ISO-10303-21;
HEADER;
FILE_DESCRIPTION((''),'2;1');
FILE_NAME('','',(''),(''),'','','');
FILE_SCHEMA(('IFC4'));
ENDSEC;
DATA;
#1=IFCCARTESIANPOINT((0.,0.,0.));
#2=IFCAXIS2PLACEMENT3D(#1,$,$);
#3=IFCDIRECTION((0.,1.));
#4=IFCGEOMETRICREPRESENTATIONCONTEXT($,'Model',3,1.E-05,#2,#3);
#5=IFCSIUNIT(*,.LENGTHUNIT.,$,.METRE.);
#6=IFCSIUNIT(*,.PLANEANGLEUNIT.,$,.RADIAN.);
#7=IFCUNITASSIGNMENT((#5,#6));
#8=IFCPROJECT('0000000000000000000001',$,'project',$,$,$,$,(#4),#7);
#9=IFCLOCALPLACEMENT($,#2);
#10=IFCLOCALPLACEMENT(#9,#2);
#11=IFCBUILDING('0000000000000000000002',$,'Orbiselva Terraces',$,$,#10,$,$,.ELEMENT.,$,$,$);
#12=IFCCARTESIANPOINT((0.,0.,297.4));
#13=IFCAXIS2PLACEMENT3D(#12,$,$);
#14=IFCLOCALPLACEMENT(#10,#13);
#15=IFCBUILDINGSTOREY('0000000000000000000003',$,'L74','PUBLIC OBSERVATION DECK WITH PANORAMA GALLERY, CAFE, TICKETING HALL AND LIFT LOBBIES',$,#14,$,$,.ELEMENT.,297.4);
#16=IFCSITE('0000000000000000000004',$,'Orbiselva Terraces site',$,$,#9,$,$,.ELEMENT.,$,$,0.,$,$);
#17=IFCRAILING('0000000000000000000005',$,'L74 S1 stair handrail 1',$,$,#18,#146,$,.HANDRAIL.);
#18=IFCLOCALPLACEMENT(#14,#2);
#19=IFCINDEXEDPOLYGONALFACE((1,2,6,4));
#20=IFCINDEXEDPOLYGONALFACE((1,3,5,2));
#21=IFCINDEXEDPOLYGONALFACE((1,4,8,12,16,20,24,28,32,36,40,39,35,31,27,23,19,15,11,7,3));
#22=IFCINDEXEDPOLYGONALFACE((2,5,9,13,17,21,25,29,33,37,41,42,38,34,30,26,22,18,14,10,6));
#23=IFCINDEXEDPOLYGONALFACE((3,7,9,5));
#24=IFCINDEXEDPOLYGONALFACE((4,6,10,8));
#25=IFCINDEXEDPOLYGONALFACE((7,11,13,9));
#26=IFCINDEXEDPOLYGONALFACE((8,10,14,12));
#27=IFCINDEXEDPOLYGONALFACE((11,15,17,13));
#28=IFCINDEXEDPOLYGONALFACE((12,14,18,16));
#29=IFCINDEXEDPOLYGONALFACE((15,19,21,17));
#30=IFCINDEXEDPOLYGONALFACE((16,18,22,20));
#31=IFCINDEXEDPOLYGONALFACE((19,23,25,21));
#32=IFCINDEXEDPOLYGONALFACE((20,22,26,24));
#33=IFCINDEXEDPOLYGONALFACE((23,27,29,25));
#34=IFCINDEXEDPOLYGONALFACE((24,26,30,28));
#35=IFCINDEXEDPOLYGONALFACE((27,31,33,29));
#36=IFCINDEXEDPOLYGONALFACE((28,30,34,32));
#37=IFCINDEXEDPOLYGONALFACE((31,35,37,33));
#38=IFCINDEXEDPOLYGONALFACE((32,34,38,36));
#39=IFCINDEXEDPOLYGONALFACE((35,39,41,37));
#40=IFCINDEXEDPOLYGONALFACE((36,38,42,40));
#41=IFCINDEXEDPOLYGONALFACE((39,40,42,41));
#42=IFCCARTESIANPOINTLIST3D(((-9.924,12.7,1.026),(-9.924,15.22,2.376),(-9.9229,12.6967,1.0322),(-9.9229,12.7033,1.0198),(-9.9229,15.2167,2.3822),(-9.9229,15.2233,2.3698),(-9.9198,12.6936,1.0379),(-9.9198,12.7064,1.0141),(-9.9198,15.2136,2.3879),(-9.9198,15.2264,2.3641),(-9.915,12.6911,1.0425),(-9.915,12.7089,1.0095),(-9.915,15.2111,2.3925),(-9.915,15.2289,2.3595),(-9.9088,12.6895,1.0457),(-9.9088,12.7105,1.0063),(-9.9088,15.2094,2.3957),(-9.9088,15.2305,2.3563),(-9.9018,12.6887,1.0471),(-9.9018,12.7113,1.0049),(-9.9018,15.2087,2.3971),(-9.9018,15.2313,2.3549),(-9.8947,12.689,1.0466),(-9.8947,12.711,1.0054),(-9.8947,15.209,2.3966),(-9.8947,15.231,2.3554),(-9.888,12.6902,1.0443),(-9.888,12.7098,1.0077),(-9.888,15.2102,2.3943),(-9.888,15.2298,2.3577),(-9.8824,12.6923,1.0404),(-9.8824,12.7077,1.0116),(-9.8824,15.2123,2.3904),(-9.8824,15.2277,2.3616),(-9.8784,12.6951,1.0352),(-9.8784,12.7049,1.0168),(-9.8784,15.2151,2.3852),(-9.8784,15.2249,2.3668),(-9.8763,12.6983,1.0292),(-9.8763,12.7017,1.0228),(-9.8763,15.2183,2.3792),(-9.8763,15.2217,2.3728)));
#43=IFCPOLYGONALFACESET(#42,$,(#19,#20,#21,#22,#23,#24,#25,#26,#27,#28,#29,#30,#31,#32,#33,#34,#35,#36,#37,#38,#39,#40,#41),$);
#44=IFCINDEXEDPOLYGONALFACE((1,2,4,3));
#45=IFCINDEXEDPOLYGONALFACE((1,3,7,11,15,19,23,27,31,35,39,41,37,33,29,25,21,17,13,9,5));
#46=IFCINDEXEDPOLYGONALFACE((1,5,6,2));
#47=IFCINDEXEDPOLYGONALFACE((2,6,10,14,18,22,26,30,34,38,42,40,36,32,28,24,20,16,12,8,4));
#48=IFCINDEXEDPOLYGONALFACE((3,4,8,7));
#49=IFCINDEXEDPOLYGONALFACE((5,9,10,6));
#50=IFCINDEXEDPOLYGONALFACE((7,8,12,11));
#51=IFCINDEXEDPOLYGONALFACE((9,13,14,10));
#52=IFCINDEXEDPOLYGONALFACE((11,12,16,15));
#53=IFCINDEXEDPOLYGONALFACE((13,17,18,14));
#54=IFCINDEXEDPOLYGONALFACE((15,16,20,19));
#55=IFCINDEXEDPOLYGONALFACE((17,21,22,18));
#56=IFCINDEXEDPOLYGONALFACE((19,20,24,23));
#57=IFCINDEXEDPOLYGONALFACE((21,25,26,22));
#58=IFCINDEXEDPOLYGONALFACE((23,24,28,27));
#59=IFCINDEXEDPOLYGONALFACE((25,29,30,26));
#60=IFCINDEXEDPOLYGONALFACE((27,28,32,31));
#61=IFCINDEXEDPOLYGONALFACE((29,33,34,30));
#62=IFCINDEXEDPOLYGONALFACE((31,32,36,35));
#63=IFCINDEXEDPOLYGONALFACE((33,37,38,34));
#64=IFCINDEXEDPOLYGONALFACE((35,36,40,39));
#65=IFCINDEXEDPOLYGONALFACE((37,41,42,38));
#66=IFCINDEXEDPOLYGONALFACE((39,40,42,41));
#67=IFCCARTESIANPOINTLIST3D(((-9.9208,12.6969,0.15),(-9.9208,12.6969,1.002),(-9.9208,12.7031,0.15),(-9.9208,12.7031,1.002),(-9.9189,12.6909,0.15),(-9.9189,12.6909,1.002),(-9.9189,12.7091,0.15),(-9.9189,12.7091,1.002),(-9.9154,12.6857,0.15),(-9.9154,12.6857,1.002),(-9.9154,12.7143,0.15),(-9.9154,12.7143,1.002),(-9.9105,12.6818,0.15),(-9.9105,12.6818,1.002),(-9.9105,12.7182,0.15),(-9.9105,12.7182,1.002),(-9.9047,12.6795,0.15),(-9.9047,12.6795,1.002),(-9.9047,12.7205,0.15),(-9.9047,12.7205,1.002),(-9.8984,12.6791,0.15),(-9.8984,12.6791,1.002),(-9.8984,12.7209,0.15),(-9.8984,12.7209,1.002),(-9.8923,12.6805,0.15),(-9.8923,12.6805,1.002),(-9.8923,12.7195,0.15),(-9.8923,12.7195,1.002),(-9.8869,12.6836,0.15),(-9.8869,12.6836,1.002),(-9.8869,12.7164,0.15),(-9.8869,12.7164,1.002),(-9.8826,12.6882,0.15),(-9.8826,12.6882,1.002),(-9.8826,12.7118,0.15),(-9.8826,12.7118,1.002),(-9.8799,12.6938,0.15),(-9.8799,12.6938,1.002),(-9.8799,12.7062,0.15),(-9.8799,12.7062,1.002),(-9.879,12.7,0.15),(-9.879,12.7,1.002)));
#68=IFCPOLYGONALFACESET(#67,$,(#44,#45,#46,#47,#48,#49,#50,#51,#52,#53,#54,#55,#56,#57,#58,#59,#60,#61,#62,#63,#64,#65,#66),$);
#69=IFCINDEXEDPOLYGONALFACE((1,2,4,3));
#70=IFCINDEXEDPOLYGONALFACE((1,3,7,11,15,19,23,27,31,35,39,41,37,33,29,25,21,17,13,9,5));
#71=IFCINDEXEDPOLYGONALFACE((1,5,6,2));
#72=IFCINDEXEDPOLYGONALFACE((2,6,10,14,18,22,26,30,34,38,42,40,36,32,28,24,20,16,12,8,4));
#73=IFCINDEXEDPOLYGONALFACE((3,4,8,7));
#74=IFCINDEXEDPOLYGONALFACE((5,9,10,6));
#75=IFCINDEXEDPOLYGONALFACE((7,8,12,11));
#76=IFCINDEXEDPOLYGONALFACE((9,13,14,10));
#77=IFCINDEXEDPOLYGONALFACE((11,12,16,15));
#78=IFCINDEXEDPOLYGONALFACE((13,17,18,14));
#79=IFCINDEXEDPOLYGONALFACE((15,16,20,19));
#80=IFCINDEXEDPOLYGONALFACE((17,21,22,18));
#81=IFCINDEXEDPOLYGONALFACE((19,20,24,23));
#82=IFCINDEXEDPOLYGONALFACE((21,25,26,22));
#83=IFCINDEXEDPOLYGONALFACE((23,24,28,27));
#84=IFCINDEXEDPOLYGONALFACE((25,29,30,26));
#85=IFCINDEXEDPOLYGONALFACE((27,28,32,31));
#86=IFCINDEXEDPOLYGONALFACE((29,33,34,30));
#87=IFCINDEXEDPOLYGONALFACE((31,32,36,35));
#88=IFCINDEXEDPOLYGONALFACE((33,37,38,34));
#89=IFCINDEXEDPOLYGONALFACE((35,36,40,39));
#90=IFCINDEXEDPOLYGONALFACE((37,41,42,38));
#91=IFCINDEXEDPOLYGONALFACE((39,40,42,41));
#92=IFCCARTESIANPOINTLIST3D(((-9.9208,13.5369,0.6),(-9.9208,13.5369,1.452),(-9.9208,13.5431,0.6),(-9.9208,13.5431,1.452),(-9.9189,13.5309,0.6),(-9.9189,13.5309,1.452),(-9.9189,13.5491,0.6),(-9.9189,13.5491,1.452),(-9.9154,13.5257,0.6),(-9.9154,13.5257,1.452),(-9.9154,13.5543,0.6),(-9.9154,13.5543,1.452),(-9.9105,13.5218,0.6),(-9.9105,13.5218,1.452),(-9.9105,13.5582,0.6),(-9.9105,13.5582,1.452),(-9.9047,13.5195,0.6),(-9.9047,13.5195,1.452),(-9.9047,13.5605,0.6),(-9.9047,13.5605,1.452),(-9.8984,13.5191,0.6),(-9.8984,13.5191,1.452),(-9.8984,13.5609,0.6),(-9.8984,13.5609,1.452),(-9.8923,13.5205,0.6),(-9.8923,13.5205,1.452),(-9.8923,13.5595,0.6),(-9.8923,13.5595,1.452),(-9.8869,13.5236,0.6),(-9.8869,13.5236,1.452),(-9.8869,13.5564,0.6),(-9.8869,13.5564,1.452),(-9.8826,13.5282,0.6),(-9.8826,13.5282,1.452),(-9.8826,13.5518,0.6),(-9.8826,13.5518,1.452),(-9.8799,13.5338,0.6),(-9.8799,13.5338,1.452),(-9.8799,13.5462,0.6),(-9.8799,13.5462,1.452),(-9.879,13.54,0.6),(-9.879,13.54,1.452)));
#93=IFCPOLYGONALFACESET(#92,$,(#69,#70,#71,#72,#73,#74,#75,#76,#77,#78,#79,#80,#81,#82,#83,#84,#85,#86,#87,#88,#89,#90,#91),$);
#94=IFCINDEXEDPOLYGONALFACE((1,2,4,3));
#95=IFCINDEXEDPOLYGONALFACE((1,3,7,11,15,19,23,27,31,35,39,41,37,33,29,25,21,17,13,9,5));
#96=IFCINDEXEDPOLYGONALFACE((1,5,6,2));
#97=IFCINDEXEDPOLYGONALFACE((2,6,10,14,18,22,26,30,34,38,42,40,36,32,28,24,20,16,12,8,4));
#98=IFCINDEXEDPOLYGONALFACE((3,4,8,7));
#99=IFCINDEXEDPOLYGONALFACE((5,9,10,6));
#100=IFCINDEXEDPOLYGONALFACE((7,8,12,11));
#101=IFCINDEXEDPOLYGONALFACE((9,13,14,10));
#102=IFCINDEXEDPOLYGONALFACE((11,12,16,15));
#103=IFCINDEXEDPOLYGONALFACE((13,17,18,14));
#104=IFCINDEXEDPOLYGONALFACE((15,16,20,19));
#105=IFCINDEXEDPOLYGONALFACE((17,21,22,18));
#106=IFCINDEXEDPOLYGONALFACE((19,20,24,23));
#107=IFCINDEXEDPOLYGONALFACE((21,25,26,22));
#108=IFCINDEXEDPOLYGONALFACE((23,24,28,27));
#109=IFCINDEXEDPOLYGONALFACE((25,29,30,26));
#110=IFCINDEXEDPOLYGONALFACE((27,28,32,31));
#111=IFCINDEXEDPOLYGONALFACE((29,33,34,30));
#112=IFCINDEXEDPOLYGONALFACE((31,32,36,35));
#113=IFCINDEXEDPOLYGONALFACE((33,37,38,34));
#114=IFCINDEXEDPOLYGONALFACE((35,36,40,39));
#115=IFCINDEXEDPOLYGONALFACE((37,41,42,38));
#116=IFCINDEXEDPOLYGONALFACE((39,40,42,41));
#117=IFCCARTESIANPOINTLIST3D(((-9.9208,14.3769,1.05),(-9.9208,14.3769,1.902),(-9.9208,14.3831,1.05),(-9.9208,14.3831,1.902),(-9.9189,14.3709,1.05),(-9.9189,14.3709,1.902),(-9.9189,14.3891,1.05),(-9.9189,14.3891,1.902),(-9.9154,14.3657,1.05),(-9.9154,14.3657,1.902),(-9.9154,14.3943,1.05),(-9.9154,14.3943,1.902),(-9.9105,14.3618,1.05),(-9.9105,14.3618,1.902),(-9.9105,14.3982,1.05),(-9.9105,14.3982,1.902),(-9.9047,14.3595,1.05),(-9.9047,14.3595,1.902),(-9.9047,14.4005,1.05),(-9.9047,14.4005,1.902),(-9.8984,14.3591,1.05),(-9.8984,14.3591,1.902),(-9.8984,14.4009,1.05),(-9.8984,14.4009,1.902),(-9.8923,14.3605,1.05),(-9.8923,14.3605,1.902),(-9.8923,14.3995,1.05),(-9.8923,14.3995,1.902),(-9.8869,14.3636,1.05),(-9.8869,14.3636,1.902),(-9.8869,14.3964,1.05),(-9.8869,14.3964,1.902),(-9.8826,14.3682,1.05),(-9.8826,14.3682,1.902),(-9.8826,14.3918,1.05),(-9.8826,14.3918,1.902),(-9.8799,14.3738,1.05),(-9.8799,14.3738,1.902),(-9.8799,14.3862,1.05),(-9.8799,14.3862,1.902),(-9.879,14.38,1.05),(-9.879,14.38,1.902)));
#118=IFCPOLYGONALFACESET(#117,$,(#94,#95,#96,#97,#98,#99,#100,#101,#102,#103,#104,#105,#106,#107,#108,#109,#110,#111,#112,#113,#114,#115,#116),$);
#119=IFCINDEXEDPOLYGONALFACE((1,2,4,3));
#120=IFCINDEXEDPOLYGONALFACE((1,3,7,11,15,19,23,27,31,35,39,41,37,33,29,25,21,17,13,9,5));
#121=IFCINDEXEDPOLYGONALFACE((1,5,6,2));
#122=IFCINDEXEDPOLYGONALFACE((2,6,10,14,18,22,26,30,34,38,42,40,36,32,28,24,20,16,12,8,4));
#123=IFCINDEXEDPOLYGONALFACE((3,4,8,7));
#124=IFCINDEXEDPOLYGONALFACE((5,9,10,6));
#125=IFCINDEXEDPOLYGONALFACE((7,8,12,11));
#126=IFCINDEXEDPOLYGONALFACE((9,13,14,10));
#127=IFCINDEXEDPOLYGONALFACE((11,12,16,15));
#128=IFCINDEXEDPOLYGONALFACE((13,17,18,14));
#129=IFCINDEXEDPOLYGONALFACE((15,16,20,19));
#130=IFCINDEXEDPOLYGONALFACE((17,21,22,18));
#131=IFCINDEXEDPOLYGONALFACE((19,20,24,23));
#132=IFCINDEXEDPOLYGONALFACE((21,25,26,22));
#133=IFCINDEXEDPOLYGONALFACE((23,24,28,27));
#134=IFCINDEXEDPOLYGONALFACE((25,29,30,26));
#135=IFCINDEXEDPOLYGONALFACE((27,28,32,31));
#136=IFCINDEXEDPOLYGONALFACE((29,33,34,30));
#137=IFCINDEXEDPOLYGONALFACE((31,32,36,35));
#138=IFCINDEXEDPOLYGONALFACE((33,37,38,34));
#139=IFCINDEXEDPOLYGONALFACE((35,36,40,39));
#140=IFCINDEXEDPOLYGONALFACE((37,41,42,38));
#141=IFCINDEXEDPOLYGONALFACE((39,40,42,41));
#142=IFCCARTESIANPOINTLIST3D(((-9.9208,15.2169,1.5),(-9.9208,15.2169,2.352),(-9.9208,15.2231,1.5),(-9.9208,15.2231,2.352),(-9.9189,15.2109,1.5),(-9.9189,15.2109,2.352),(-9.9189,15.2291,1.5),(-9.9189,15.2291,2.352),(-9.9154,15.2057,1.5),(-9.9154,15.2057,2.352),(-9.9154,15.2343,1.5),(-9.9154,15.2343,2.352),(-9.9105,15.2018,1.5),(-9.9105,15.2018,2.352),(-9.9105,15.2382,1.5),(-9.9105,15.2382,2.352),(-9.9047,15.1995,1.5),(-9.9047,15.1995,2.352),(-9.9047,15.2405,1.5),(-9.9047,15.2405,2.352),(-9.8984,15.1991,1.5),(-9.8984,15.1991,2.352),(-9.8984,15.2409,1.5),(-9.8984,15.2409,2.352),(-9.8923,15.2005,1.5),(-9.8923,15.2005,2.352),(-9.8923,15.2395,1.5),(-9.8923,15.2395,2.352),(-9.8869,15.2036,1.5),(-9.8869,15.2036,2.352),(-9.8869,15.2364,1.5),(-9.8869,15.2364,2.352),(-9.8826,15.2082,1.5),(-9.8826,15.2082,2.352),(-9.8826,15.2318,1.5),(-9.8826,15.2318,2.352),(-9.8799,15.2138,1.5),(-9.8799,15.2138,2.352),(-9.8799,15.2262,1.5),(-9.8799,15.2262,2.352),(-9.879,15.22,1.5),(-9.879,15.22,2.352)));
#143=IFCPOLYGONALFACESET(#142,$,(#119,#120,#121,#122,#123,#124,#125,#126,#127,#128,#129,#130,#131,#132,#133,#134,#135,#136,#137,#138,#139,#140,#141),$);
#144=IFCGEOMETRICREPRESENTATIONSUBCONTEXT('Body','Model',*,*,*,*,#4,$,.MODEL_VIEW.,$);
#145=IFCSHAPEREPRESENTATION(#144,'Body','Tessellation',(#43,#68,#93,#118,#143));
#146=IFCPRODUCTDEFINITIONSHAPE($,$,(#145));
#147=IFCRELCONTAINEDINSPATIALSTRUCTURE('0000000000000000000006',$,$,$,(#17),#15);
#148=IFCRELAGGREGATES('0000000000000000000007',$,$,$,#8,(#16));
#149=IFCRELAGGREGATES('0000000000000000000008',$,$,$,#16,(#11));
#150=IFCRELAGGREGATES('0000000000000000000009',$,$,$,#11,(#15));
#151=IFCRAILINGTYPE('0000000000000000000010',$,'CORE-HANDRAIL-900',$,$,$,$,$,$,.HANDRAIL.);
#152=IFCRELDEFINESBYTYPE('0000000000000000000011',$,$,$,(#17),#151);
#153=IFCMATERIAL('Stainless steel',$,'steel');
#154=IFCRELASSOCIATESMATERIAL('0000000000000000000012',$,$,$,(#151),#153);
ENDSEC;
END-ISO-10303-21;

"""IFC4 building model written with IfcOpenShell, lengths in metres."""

from ifc_helpers import new_model, si_unit, direction, frame, origin, origin_2d, place, context, subcontext, project, spatial, circle, extrude, material, type_object, element, save


model = new_model("IFC4")

# Units and contexts
model_context = context("Model", 3, precision=1e-05, world=origin(), true_north=direction((0.0, 1.0)))
body_context = subcontext(model_context, "Body", "Model", "MODEL_VIEW")
ifc_project = project(units=[si_unit("LENGTHUNIT", "METRE"), si_unit("PLANEANGLEUNIT", "RADIAN")], contexts=[model_context])

# Site, building, storey
site_placement = place(None, origin())
site = spatial("IfcSite", under=ifc_project, at=site_placement, Name="Orbiselva Terraces site", CompositionType="ELEMENT", RefElevation=0.0)
building_placement = place(site_placement, origin())
building = spatial("IfcBuilding", under=site, at=building_placement, Name="Orbiselva Terraces", CompositionType="ELEMENT")
storey_placement = place(building_placement, frame((0.0, 0.0, 297.4)))
storey = spatial("IfcBuildingStorey", under=building, at=storey_placement, Name="L74", Description="PUBLIC OBSERVATION DECK WITH PANORAMA GALLERY, CAFE, TICKETING HALL AND LIFT LOBBIES", CompositionType="ELEMENT", Elevation=297.4)

# Railing
ifc_material_1 = material(Name="Stainless steel", Category="steel")
railing_type_1 = type_object("IfcRailingType", Name="CORE-HANDRAIL-900", PredefinedType="HANDRAIL", material=ifc_material_1)
railing_1_placement = place(storey_placement, frame((-9.9, 12.7, 0.15)))
element("IfcRailing", 1, at=railing_1_placement, inside=storey, type_object=railing_type_1, Name="L74 S1 stair handrail 1", PredefinedType="HANDRAIL", context=body_context, shape_type="SweptSolid", body=[
    extrude(circle(Radius=0.024, at=origin_2d()), frame((0.0, 0.0, 0.876), z_axis=(0.0, 0.88148, 0.472221), x_axis=(-1.0, 0.0, 0.0)), (0.0, 0.0, 1.0), 2.8588),
    extrude(circle(Radius=0.021, at=origin_2d()), origin(), (0.0, 0.0, 1.0), 0.852),
    extrude(circle(Radius=0.021, at=origin_2d()), frame((0.0, 0.84, 0.45)), (0.0, 0.0, 1.0), 0.852),
    extrude(circle(Radius=0.021, at=origin_2d()), frame((0.0, 1.68, 0.9)), (0.0, 0.0, 1.0), 0.852),
    extrude(circle(Radius=0.021, at=origin_2d()), frame((0.0, 2.52, 1.35)), (0.0, 0.0, 1.0), 0.852),
])

save(model, "model.ifc")
